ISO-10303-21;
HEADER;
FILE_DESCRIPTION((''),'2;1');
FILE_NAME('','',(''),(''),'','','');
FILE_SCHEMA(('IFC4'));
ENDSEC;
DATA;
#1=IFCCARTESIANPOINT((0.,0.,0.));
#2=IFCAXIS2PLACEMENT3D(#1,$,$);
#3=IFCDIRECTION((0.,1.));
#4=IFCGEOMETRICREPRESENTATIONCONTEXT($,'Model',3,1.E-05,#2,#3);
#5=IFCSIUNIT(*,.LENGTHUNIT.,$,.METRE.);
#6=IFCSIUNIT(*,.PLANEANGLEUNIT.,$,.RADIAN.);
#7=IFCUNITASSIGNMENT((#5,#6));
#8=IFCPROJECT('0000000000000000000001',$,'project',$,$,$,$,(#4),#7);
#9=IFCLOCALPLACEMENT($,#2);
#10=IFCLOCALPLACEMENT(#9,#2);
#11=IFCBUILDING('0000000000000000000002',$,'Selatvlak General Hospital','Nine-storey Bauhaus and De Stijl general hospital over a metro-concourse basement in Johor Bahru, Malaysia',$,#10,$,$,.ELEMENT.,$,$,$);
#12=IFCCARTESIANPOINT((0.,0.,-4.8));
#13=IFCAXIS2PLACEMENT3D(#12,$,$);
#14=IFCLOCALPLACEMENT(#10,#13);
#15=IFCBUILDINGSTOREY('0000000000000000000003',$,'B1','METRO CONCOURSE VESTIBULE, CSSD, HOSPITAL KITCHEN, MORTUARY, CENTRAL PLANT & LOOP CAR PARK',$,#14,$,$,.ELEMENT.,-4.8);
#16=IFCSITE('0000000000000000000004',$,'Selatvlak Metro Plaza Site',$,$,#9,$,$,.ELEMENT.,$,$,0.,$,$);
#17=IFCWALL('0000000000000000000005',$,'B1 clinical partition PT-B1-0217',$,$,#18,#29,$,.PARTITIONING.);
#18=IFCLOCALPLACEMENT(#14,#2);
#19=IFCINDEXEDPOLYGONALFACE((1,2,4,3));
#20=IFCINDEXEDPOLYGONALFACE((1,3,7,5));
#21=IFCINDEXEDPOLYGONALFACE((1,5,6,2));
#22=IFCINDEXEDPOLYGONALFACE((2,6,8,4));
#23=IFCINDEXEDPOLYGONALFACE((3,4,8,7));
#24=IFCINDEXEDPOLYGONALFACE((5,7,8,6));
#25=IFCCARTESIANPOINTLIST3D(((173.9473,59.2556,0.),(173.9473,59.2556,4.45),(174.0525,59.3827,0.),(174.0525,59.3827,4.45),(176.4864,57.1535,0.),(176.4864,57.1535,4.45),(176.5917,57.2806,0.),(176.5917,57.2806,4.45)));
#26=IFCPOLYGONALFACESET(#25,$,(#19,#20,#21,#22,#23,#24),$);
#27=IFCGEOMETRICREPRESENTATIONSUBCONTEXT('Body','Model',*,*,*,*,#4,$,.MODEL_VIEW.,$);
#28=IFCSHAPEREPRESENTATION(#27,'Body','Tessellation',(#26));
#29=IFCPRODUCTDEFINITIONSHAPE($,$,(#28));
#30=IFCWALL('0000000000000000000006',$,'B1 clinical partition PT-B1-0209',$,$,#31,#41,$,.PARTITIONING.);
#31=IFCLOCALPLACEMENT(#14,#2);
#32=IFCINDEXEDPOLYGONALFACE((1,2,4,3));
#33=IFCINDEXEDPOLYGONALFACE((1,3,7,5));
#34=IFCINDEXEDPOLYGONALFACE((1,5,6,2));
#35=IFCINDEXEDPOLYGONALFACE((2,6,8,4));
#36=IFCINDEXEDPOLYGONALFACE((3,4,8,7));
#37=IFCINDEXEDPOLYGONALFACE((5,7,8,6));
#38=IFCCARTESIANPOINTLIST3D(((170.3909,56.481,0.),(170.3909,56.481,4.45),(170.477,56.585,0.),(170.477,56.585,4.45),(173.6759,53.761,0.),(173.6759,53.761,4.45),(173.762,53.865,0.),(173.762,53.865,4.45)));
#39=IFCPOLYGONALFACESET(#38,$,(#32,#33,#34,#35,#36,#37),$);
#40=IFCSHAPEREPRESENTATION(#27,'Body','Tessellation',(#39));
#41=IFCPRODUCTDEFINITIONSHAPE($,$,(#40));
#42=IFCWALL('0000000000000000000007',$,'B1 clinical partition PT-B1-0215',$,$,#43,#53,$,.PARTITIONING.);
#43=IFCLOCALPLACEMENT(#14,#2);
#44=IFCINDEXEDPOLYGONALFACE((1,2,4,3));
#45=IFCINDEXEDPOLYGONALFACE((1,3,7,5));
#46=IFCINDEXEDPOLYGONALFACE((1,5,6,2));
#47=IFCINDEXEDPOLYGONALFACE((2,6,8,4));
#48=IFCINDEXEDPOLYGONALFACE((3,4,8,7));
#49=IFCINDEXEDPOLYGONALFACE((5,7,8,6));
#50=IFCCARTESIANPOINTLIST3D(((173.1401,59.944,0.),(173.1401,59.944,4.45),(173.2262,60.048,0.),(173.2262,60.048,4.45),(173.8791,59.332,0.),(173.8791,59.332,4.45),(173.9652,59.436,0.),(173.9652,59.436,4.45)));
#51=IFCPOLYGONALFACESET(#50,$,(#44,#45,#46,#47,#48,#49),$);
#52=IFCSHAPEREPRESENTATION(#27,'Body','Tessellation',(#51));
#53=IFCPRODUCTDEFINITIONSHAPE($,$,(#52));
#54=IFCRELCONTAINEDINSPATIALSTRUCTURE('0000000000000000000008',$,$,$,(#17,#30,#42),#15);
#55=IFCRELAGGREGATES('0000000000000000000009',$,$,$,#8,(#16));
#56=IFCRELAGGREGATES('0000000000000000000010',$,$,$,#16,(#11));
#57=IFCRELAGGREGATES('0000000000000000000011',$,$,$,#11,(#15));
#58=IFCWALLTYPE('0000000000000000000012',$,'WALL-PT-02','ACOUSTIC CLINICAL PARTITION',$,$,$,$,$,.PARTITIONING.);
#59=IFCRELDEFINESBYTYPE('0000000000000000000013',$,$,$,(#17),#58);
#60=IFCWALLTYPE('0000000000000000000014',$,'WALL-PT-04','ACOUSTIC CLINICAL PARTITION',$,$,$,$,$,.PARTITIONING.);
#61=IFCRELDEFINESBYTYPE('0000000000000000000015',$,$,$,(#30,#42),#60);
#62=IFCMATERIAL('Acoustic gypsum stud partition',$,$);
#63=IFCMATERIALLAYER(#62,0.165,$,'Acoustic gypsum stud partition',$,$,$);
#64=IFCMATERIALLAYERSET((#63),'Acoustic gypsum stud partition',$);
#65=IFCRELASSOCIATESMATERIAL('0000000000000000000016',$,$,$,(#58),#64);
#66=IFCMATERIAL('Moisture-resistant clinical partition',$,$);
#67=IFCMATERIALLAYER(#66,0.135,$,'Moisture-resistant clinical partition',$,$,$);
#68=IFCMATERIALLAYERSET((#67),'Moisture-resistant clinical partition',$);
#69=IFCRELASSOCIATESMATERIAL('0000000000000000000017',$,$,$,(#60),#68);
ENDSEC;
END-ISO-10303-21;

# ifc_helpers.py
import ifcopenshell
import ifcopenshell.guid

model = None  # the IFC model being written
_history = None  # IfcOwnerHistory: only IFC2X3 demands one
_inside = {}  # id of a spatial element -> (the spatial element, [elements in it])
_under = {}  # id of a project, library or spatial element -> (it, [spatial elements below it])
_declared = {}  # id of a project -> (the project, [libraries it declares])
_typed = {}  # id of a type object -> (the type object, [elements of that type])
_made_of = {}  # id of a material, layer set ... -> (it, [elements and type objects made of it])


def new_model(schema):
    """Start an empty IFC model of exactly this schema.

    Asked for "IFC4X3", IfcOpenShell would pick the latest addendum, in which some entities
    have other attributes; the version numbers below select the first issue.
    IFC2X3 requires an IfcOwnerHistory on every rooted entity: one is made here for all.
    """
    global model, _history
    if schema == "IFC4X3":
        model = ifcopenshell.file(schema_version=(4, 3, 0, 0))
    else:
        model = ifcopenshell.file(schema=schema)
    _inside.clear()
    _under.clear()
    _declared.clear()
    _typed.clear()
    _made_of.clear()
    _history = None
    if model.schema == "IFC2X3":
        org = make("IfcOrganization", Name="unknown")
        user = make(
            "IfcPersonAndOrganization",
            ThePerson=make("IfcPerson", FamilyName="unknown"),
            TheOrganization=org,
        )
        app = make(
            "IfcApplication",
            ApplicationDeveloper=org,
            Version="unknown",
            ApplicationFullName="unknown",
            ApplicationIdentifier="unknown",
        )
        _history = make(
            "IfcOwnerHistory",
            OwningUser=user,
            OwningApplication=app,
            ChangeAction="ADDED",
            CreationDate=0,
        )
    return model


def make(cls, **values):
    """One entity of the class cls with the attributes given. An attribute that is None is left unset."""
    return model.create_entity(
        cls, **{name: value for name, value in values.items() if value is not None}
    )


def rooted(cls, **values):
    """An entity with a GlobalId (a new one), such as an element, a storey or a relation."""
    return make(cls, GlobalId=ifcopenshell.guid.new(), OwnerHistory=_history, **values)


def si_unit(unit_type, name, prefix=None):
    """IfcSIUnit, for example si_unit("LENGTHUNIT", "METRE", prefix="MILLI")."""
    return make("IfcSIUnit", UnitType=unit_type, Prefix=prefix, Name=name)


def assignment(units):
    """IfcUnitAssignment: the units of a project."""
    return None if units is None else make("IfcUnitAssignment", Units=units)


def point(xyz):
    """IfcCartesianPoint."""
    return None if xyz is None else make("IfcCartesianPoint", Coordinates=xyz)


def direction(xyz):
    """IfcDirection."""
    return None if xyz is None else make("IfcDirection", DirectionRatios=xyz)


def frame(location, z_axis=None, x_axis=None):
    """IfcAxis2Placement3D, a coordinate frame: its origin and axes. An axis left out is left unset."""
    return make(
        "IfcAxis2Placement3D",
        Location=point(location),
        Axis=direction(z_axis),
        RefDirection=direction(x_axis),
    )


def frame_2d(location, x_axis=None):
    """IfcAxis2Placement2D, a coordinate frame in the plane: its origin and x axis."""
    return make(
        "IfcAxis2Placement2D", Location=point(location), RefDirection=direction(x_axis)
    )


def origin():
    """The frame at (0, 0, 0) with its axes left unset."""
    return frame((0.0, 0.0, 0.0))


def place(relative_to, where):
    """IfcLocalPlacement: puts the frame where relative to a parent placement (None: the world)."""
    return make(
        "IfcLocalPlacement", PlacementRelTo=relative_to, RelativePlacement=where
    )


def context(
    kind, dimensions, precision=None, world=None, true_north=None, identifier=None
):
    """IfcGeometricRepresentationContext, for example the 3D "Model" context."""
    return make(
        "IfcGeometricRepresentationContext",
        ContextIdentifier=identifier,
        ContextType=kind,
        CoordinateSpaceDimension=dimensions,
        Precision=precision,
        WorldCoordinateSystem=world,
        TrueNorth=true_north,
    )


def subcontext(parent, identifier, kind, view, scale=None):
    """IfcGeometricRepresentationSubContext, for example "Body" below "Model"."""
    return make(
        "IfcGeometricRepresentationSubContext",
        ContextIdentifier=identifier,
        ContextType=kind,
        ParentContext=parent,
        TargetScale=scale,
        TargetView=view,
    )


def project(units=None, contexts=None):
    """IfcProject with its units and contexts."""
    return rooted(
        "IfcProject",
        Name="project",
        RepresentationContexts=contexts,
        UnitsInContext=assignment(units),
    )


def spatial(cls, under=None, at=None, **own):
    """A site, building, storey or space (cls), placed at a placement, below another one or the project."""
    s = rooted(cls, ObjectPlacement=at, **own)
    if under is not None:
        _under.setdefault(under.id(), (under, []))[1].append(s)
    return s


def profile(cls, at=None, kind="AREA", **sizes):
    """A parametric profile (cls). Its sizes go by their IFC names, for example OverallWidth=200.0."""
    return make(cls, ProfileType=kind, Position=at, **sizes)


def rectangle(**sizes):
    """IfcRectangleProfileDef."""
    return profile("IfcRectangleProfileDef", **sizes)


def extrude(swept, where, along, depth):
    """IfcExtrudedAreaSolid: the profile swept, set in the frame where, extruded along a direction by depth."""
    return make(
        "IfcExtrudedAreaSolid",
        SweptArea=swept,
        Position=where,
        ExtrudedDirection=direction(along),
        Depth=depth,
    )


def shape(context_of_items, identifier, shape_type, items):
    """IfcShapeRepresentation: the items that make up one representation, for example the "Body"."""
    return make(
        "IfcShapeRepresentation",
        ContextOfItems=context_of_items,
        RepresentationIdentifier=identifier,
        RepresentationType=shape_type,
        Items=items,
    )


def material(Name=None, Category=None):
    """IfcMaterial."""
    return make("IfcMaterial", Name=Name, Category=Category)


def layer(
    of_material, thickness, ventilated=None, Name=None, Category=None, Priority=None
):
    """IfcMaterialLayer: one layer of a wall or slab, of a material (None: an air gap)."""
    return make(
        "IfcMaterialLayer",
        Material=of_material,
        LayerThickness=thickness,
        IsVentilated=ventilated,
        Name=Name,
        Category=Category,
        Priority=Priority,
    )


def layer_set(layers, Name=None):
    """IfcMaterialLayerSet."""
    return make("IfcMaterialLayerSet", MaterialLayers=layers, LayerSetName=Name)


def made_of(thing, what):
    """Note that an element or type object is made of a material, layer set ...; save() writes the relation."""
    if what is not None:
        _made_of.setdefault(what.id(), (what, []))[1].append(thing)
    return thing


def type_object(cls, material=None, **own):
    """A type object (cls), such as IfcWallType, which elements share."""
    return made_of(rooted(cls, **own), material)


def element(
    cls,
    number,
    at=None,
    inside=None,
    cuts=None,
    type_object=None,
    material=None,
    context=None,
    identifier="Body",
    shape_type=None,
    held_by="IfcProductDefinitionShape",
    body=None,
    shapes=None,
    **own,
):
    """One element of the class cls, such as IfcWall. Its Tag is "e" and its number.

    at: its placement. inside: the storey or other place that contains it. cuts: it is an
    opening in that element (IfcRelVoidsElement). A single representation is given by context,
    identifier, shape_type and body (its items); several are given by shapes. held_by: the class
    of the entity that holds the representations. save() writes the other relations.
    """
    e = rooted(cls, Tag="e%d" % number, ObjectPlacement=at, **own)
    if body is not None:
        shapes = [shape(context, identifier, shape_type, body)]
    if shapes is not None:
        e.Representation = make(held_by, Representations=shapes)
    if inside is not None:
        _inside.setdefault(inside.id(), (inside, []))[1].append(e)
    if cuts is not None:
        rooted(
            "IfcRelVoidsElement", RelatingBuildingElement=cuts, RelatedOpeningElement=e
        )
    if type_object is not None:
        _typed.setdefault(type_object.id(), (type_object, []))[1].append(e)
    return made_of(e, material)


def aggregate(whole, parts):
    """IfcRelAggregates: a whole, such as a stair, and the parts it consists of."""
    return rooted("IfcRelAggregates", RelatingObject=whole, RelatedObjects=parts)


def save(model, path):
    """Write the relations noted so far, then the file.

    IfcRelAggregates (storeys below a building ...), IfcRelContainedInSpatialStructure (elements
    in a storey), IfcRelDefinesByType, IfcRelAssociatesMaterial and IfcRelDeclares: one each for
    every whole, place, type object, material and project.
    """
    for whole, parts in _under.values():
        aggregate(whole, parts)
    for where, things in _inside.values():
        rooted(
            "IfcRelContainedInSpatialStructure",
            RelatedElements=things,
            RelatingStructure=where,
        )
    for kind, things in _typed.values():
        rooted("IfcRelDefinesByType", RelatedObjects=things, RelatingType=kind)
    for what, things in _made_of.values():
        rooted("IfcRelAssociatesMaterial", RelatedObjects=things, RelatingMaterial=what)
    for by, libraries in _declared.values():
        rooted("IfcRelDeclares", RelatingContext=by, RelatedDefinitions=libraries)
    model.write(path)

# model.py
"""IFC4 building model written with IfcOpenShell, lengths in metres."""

from ifc_helpers import new_model, si_unit, direction, frame, frame_2d, origin, place, context, subcontext, project, spatial, rectangle, extrude, material, layer, layer_set, type_object, element, save


model = new_model("IFC4")

# Units and contexts
model_context = context("Model", 3, precision=1e-05, world=origin(), true_north=direction((0.0, 1.0)))
body_context = subcontext(model_context, "Body", "Model", "MODEL_VIEW")
ifc_project = project(units=[si_unit("LENGTHUNIT", "METRE"), si_unit("PLANEANGLEUNIT", "RADIAN")], contexts=[model_context])

# Site, building, storey
site_placement = place(None, origin())
site = spatial("IfcSite", under=ifc_project, at=site_placement, Name="Selatvlak Metro Plaza Site", CompositionType="ELEMENT", RefElevation=0.0)
building_placement = place(site_placement, origin())
building = spatial("IfcBuilding", under=site, at=building_placement, Name="Selatvlak General Hospital", Description="Nine-storey Bauhaus and De Stijl general hospital over a metro-concourse basement in Johor Bahru, Malaysia", CompositionType="ELEMENT")
storey_placement = place(building_placement, frame((0.0, 0.0, -4.8)))
storey = spatial("IfcBuildingStorey", under=building, at=storey_placement, Name="B1", Description="METRO CONCOURSE VESTIBULE, CSSD, HOSPITAL KITCHEN, MORTUARY, CENTRAL PLANT & LOOP CAR PARK", CompositionType="ELEMENT", Elevation=-4.8)

# Shared definitions
ifc_material_1 = material(Name="Acoustic gypsum stud partition")

# Shared definitions
ifc_layer_1 = layer(ifc_material_1, 0.165, Name="Acoustic gypsum stud partition")
ifc_layer_set_1 = layer_set([ifc_layer_1], Name="Acoustic gypsum stud partition")
wall_type_1 = type_object("IfcWallType", Name="WALL-PT-02", Description="ACOUSTIC CLINICAL PARTITION", PredefinedType="PARTITIONING", material=ifc_layer_set_1)

# Walls
wall_1_placement = place(storey_placement, frame((176.5391, 57.217, 0.0), z_axis=(0.0, 0.0, 1.0), x_axis=(-0.770281, 0.637704, 0.0)))
element("IfcWall", 1, at=wall_1_placement, inside=storey, type_object=wall_type_1, Name="B1 clinical partition PT-B1-0217", PredefinedType="PARTITIONING", context=body_context, shape_type="SweptSolid", body=[
    extrude(rectangle(XDim=3.2964, YDim=0.165, at=frame_2d((1.6482, 0.0))), origin(), (0.0, 0.0, 1.0), 4.45),
])
ifc_material_2 = material(Name="Moisture-resistant clinical partition")
ifc_layer_2 = layer(ifc_material_2, 0.135, Name="Moisture-resistant clinical partition")
ifc_layer_set_2 = layer_set([ifc_layer_2], Name="Moisture-resistant clinical partition")
wall_type_2 = type_object("IfcWallType", Name="WALL-PT-04", Description="ACOUSTIC CLINICAL PARTITION", PredefinedType="PARTITIONING", material=ifc_layer_set_2)
wall_2_placement = place(storey_placement, frame((170.4341, 56.533, 0.0), z_axis=(0.0, 0.0, 1.0), x_axis=(0.77023, -0.637766, 0.0)))
element("IfcWall", 2, at=wall_2_placement, inside=storey, type_object=wall_type_2, Name="B1 clinical partition PT-B1-0209", PredefinedType="PARTITIONING", context=body_context, shape_type="SweptSolid", body=[
    extrude(rectangle(XDim=4.2649, YDim=0.135, at=frame_2d((2.1323, 0.0))), origin(), (0.0, 0.0, 1.0), 4.45),
])
wall_3_placement = place(storey_placement, frame((173.9221, 59.384, 0.0), z_axis=(0.0, 0.0, 1.0), x_axis=(-0.770157, 0.637854, 0.0)))
element("IfcWall", 3, at=wall_3_placement, inside=storey, type_object=wall_type_2, Name="B1 clinical partition PT-B1-0215", PredefinedType="PARTITIONING", context=body_context, shape_type="SweptSolid", body=[
    extrude(rectangle(XDim=0.9595, YDim=0.135, at=frame_2d((0.4797, 0.0))), origin(), (0.0, 0.0, 1.0), 4.45),
])

save(model, "model.ifc")
